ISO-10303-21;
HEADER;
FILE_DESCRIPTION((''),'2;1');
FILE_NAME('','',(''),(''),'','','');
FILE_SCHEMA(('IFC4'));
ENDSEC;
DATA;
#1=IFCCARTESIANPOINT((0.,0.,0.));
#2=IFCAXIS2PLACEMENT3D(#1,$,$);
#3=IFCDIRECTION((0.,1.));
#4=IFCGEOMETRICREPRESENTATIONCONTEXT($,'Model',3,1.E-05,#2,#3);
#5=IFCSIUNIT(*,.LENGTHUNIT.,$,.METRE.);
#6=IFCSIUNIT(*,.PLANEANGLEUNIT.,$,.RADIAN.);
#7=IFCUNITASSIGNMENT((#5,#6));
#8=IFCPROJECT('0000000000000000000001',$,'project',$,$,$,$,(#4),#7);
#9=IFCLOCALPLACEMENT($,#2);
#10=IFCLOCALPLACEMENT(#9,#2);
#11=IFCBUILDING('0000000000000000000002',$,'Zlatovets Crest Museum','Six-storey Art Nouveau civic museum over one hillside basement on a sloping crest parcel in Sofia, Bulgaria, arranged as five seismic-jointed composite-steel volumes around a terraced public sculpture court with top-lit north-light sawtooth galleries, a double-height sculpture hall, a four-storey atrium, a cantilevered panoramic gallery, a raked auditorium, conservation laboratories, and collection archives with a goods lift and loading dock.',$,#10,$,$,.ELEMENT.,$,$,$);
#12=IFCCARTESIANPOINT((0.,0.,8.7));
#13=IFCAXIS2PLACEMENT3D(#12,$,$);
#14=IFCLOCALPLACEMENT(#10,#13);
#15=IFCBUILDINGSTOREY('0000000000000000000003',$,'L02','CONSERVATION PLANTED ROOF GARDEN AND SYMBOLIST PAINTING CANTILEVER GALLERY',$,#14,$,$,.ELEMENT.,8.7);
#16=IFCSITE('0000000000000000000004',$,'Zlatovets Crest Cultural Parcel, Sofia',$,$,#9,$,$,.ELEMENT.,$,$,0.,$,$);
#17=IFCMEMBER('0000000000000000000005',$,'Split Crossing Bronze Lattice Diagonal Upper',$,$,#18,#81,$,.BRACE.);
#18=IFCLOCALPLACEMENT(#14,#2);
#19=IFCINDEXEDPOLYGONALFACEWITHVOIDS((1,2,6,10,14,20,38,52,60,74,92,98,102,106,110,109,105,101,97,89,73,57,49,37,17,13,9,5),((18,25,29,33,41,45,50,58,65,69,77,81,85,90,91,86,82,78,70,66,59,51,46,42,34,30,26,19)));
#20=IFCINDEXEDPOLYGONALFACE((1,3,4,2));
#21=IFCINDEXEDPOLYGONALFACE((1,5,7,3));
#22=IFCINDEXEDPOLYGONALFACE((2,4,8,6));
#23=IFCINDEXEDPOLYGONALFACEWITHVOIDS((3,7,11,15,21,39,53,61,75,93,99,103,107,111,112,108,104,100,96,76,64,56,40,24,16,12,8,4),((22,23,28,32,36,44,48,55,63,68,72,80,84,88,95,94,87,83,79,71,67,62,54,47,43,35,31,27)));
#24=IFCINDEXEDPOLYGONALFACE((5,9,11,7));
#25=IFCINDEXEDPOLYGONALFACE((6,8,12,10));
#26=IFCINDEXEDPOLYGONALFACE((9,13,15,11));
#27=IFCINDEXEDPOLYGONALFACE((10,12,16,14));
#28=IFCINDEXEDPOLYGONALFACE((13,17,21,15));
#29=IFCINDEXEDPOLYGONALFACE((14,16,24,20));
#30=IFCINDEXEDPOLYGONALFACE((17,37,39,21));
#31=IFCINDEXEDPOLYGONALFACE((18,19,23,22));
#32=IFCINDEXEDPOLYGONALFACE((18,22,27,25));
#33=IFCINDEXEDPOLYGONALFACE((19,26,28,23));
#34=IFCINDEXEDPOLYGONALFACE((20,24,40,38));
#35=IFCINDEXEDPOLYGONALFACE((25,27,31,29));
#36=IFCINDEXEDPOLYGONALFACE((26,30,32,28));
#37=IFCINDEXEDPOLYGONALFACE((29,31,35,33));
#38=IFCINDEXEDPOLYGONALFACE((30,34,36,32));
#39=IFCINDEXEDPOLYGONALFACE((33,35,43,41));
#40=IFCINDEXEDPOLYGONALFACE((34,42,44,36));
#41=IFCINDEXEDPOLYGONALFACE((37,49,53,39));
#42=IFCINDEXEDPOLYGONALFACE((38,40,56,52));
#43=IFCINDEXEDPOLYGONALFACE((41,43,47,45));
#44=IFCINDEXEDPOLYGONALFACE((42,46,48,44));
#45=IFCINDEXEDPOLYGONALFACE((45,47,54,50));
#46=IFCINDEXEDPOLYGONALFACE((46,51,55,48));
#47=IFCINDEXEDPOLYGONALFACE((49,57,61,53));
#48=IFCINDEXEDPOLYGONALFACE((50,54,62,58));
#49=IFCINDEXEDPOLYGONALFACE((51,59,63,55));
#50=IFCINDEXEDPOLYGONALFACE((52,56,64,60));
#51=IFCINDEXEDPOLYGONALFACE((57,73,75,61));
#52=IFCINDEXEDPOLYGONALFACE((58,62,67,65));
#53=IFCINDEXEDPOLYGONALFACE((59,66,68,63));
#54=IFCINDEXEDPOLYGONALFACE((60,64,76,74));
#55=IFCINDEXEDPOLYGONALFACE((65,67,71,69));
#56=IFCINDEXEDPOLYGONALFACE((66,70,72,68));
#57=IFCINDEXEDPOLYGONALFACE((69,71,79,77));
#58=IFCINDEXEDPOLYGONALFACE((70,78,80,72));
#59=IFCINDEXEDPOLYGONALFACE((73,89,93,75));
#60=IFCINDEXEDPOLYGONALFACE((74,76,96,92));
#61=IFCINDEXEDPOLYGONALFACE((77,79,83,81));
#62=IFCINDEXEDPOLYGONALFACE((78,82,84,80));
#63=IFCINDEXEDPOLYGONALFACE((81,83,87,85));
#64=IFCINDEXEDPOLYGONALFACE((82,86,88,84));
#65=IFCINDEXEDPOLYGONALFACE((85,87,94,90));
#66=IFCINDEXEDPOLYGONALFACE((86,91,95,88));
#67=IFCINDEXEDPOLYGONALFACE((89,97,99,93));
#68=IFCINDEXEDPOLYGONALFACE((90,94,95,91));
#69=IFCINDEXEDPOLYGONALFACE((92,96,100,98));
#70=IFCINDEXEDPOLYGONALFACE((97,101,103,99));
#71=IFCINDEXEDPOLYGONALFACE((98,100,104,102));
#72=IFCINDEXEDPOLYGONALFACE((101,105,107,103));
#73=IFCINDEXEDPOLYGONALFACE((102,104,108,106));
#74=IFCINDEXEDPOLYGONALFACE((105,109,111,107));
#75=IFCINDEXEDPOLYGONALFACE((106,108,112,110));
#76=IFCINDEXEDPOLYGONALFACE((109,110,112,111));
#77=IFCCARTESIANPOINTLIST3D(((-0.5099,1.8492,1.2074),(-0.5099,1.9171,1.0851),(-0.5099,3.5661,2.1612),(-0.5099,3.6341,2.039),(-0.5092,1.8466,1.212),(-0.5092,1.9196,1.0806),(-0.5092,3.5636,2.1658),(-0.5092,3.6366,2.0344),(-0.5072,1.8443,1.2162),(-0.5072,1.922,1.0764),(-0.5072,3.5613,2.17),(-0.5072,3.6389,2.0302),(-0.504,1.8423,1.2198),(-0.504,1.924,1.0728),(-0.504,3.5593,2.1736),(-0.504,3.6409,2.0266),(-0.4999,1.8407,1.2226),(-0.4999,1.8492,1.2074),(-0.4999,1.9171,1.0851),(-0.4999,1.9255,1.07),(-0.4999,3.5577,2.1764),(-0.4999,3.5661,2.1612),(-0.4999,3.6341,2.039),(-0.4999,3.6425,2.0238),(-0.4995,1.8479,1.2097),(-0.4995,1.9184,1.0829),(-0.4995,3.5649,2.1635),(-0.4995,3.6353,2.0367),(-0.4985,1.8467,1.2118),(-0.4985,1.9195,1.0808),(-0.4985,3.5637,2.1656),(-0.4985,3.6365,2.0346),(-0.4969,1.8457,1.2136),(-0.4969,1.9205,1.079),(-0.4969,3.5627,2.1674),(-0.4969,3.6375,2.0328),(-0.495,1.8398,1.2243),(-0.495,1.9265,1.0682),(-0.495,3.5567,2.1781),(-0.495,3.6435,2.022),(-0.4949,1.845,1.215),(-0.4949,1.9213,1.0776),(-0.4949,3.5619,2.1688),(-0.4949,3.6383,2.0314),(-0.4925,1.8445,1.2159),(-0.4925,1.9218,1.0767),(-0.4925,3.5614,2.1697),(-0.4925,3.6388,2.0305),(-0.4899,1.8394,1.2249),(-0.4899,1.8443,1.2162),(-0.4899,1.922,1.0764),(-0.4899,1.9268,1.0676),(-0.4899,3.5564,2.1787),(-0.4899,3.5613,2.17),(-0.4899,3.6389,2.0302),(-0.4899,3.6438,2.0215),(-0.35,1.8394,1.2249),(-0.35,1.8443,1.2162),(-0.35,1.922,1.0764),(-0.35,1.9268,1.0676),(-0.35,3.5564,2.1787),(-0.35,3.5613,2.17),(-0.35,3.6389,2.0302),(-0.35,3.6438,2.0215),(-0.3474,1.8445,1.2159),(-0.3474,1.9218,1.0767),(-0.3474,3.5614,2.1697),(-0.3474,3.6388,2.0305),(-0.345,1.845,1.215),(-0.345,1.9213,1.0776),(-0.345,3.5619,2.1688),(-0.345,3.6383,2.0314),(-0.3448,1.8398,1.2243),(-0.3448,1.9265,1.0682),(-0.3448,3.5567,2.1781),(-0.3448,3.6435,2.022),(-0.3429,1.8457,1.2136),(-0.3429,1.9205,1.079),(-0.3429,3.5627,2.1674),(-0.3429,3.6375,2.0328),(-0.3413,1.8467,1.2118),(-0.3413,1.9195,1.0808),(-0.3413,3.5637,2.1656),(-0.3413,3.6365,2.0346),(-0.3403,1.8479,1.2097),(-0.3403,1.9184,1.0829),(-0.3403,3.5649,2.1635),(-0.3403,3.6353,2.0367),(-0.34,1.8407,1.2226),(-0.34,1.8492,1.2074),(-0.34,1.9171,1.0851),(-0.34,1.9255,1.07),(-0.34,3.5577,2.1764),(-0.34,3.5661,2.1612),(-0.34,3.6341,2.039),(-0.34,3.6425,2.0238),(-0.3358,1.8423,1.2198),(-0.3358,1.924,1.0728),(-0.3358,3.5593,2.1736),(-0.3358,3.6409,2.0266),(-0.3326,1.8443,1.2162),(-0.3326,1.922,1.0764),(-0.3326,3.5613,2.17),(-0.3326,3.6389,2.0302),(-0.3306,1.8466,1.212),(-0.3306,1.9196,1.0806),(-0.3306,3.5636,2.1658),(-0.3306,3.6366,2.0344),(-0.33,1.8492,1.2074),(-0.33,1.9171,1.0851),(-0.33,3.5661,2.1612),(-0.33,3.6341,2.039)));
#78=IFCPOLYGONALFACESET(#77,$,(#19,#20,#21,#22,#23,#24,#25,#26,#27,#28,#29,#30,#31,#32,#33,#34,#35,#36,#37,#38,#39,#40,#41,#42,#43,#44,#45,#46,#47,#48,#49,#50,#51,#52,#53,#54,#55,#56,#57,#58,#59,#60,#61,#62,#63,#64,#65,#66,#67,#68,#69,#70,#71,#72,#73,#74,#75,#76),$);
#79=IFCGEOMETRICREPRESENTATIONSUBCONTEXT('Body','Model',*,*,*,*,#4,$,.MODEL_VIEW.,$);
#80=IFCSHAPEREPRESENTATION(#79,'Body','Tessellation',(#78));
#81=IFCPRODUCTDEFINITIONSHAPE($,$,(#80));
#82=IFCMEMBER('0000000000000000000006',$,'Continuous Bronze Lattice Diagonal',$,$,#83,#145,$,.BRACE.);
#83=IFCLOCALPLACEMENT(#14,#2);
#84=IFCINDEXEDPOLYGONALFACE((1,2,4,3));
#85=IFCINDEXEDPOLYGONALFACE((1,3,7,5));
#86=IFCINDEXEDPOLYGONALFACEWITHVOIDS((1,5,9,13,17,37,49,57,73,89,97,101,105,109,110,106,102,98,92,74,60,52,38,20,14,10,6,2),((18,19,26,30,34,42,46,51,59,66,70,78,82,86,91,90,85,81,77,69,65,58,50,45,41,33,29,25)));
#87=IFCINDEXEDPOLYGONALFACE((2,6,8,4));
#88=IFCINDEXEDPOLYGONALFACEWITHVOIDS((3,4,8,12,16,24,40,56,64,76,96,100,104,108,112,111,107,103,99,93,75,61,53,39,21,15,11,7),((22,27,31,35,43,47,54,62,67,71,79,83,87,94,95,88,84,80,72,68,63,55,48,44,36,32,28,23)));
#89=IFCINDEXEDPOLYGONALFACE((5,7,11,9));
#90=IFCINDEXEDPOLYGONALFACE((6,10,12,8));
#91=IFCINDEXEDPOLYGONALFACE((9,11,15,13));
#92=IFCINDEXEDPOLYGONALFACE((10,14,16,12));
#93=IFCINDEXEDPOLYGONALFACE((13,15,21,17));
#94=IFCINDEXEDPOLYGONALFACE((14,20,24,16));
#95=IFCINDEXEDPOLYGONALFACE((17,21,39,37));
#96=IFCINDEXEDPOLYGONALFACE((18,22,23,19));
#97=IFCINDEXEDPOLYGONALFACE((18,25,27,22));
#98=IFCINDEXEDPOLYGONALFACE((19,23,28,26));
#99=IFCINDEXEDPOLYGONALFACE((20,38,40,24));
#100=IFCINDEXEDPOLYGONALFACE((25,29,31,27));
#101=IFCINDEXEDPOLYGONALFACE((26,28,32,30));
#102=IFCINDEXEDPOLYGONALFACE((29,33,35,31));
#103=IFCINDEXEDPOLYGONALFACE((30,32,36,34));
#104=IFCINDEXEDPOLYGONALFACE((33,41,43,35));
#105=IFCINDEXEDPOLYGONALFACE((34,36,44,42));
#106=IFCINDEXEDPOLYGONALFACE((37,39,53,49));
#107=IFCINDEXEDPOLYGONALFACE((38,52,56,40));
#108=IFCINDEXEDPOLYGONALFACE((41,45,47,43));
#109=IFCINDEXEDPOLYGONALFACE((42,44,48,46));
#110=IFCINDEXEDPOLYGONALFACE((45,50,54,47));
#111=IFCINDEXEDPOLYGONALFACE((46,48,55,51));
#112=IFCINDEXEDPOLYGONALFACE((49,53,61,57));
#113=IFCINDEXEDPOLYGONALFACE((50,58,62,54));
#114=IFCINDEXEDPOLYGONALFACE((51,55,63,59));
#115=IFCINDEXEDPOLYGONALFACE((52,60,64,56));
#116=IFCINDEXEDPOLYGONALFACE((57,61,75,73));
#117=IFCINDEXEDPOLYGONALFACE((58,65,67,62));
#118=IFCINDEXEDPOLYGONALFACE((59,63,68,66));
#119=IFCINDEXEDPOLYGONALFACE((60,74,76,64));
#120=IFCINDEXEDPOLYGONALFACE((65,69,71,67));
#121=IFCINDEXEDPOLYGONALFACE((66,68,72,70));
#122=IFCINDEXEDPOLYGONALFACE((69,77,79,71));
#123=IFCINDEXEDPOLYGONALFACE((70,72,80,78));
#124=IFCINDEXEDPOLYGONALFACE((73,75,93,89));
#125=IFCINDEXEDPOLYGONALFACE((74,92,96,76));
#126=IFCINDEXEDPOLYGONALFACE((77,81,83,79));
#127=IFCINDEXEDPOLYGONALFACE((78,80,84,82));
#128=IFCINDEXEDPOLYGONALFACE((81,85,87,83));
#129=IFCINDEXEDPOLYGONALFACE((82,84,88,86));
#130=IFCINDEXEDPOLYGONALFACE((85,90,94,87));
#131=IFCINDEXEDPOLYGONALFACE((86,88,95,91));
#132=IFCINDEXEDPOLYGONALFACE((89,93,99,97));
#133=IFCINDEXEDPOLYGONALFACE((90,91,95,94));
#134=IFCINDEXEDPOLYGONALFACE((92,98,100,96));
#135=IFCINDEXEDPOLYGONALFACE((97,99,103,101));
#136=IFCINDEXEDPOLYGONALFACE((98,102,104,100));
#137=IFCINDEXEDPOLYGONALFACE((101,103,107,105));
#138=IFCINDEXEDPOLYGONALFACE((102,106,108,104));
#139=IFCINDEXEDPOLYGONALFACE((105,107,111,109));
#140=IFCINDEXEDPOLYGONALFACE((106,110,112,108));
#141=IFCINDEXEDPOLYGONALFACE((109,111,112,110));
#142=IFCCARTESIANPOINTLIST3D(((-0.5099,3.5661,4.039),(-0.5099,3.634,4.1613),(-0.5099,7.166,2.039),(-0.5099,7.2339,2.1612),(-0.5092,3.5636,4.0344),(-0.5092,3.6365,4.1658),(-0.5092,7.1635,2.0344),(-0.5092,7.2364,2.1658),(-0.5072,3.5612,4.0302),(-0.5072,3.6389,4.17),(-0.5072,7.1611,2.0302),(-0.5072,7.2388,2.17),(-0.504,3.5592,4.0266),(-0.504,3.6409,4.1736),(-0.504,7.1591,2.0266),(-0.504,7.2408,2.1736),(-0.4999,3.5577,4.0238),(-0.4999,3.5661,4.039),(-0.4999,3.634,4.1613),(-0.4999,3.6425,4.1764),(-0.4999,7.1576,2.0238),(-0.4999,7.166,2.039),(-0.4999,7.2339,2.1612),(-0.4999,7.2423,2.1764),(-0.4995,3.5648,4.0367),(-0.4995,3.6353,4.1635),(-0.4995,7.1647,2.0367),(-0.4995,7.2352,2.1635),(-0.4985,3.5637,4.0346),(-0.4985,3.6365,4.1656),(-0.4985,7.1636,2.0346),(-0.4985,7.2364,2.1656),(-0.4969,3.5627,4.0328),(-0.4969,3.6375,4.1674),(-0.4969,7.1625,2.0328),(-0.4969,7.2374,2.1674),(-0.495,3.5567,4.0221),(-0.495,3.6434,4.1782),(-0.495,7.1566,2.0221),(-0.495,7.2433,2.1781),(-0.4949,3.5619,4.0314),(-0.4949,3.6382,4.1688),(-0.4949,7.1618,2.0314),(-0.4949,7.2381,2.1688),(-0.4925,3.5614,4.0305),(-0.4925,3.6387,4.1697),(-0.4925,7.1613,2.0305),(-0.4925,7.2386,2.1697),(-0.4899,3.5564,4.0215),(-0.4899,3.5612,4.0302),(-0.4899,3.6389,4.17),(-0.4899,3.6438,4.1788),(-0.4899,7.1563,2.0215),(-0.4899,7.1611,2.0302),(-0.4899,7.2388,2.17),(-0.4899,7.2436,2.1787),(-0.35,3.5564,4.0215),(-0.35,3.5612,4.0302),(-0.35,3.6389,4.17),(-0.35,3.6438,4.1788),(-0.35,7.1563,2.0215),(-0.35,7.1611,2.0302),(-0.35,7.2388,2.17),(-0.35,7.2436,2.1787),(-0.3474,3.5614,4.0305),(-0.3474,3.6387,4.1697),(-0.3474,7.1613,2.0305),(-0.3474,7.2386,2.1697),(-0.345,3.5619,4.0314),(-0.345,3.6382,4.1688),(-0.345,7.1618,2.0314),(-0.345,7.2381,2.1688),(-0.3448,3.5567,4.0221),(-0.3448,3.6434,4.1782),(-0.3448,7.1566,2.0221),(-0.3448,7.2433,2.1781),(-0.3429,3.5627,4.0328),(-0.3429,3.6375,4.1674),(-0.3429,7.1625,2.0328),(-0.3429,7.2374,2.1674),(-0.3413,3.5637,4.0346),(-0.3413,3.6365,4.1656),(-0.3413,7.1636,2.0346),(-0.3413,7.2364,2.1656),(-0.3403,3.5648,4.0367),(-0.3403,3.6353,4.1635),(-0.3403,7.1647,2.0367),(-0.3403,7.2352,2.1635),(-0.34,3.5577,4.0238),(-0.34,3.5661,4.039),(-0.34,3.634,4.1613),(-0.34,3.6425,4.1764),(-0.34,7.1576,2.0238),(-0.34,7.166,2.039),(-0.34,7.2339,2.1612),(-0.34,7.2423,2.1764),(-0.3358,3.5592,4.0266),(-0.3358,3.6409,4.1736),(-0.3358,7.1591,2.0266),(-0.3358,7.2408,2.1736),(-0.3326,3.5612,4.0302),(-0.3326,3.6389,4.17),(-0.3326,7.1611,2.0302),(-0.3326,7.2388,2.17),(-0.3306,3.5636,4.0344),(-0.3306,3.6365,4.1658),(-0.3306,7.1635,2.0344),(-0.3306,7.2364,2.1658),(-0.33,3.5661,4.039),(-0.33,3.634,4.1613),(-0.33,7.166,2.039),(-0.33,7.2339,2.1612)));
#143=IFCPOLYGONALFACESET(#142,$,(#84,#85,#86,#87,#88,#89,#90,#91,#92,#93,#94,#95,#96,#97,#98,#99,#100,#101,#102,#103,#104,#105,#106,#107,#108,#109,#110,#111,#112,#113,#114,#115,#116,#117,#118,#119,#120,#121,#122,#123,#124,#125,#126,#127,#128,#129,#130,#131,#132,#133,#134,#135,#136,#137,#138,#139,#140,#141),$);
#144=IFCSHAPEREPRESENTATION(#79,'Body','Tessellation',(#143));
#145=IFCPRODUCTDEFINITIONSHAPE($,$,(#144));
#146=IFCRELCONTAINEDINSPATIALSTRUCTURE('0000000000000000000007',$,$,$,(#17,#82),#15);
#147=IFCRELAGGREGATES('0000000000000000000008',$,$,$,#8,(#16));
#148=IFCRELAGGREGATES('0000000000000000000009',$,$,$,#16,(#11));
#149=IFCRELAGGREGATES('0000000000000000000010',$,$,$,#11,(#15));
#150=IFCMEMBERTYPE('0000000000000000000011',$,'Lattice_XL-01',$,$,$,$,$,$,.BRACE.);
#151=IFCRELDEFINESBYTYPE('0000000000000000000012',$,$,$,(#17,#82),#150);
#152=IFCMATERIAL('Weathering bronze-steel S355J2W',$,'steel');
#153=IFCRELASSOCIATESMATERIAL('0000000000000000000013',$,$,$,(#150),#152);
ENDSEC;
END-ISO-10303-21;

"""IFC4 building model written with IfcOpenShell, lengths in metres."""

from ifc_helpers import new_model, si_unit, direction, frame, origin, origin_2d, place, context, subcontext, project, spatial, hollow_rectangle, extrude, material, material_profile, profile_set, type_object, element, save


model = new_model("IFC4")

# Units and contexts
model_context = context("Model", 3, precision=1e-05, world=origin(), true_north=direction((0.0, 1.0)))
body_context = subcontext(model_context, "Body", "Model", "MODEL_VIEW")
ifc_project = project(units=[si_unit("LENGTHUNIT", "METRE"), si_unit("PLANEANGLEUNIT", "RADIAN")], contexts=[model_context])

# Site, building, storey
site_placement = place(None, origin())
site = spatial("IfcSite", under=ifc_project, at=site_placement, Name="Zlatovets Crest Cultural Parcel, Sofia", CompositionType="ELEMENT", RefElevation=0.0)
building_placement = place(site_placement, origin())
building = spatial("IfcBuilding", under=site, at=building_placement, Name="Zlatovets Crest Museum", Description="Six-storey Art Nouveau civic museum over one hillside basement on a sloping crest parcel in Sofia, Bulgaria, arranged as five seismic-jointed composite-steel volumes around a terraced public sculpture court with top-lit north-light sawtooth galleries, a double-height sculpture hall, a four-storey atrium, a cantilevered panoramic gallery, a raked auditorium, conservation laboratories, and collection archives with a goods lift and loading dock.", CompositionType="ELEMENT")
storey_placement = place(building_placement, frame((0.0, 0.0, 8.7)))
storey = spatial("IfcBuildingStorey", under=building, at=storey_placement, Name="L02", Description="CONSERVATION PLANTED ROOF GARDEN AND SYMBOLIST PAINTING CANTILEVER GALLERY", CompositionType="ELEMENT", Elevation=8.7)

# Members
ifc_material_1 = material(Name="Weathering bronze-steel S355J2W", Category="steel")
ifc_material_profile_1 = material_profile(ifc_material_1, hollow_rectangle(XDim=0.1799, YDim=0.1799, WallThickness=0.01, InnerFilletRadius=0.01, OuterFilletRadius=0.02, at=origin_2d()), Name="SHS 180x180x10.0")
ifc_profile_set_1 = profile_set([ifc_material_profile_1], Name="Weathering bronze-steel S355J2W")
member_type_1 = type_object("IfcMemberType", Name="Lattice_XL-01", PredefinedType="BRACE", material=ifc_profile_set_1)
member_1_placement = place(storey_placement, frame((-0.4199, 3.6001, 2.1001), z_axis=(0.0, -0.874169, -0.485622), x_axis=(1.0, 0.0, 0.0)))
element("IfcMember", 1, at=member_1_placement, inside=storey, type_object=member_type_1, Name="Split Crossing Bronze Lattice Diagonal Upper", PredefinedType="BRACE", context=body_context, shape_type="SweptSolid", body=[
    extrude(hollow_rectangle(XDim=0.1799, YDim=0.1799, WallThickness=0.01, InnerFilletRadius=0.01, OuterFilletRadius=0.02, at=origin_2d()), origin(), (0.0, 0.0, 1.0), 1.9641),
])
member_2_placement = place(storey_placement, frame((-0.4199, 7.2, 2.1001), z_axis=(0.0, -0.874149, 0.485658), x_axis=(1.0, 0.0, 0.0)))
element("IfcMember", 2, at=member_2_placement, inside=storey, type_object=member_type_1, Name="Continuous Bronze Lattice Diagonal", PredefinedType="BRACE", context=body_context, shape_type="SweptSolid", body=[
    extrude(hollow_rectangle(XDim=0.1799, YDim=0.1799, WallThickness=0.01, InnerFilletRadius=0.01, OuterFilletRadius=0.02, at=origin_2d()), origin(), (0.0, 0.0, 1.0), 4.1182),
])

save(model, "model.ifc")
